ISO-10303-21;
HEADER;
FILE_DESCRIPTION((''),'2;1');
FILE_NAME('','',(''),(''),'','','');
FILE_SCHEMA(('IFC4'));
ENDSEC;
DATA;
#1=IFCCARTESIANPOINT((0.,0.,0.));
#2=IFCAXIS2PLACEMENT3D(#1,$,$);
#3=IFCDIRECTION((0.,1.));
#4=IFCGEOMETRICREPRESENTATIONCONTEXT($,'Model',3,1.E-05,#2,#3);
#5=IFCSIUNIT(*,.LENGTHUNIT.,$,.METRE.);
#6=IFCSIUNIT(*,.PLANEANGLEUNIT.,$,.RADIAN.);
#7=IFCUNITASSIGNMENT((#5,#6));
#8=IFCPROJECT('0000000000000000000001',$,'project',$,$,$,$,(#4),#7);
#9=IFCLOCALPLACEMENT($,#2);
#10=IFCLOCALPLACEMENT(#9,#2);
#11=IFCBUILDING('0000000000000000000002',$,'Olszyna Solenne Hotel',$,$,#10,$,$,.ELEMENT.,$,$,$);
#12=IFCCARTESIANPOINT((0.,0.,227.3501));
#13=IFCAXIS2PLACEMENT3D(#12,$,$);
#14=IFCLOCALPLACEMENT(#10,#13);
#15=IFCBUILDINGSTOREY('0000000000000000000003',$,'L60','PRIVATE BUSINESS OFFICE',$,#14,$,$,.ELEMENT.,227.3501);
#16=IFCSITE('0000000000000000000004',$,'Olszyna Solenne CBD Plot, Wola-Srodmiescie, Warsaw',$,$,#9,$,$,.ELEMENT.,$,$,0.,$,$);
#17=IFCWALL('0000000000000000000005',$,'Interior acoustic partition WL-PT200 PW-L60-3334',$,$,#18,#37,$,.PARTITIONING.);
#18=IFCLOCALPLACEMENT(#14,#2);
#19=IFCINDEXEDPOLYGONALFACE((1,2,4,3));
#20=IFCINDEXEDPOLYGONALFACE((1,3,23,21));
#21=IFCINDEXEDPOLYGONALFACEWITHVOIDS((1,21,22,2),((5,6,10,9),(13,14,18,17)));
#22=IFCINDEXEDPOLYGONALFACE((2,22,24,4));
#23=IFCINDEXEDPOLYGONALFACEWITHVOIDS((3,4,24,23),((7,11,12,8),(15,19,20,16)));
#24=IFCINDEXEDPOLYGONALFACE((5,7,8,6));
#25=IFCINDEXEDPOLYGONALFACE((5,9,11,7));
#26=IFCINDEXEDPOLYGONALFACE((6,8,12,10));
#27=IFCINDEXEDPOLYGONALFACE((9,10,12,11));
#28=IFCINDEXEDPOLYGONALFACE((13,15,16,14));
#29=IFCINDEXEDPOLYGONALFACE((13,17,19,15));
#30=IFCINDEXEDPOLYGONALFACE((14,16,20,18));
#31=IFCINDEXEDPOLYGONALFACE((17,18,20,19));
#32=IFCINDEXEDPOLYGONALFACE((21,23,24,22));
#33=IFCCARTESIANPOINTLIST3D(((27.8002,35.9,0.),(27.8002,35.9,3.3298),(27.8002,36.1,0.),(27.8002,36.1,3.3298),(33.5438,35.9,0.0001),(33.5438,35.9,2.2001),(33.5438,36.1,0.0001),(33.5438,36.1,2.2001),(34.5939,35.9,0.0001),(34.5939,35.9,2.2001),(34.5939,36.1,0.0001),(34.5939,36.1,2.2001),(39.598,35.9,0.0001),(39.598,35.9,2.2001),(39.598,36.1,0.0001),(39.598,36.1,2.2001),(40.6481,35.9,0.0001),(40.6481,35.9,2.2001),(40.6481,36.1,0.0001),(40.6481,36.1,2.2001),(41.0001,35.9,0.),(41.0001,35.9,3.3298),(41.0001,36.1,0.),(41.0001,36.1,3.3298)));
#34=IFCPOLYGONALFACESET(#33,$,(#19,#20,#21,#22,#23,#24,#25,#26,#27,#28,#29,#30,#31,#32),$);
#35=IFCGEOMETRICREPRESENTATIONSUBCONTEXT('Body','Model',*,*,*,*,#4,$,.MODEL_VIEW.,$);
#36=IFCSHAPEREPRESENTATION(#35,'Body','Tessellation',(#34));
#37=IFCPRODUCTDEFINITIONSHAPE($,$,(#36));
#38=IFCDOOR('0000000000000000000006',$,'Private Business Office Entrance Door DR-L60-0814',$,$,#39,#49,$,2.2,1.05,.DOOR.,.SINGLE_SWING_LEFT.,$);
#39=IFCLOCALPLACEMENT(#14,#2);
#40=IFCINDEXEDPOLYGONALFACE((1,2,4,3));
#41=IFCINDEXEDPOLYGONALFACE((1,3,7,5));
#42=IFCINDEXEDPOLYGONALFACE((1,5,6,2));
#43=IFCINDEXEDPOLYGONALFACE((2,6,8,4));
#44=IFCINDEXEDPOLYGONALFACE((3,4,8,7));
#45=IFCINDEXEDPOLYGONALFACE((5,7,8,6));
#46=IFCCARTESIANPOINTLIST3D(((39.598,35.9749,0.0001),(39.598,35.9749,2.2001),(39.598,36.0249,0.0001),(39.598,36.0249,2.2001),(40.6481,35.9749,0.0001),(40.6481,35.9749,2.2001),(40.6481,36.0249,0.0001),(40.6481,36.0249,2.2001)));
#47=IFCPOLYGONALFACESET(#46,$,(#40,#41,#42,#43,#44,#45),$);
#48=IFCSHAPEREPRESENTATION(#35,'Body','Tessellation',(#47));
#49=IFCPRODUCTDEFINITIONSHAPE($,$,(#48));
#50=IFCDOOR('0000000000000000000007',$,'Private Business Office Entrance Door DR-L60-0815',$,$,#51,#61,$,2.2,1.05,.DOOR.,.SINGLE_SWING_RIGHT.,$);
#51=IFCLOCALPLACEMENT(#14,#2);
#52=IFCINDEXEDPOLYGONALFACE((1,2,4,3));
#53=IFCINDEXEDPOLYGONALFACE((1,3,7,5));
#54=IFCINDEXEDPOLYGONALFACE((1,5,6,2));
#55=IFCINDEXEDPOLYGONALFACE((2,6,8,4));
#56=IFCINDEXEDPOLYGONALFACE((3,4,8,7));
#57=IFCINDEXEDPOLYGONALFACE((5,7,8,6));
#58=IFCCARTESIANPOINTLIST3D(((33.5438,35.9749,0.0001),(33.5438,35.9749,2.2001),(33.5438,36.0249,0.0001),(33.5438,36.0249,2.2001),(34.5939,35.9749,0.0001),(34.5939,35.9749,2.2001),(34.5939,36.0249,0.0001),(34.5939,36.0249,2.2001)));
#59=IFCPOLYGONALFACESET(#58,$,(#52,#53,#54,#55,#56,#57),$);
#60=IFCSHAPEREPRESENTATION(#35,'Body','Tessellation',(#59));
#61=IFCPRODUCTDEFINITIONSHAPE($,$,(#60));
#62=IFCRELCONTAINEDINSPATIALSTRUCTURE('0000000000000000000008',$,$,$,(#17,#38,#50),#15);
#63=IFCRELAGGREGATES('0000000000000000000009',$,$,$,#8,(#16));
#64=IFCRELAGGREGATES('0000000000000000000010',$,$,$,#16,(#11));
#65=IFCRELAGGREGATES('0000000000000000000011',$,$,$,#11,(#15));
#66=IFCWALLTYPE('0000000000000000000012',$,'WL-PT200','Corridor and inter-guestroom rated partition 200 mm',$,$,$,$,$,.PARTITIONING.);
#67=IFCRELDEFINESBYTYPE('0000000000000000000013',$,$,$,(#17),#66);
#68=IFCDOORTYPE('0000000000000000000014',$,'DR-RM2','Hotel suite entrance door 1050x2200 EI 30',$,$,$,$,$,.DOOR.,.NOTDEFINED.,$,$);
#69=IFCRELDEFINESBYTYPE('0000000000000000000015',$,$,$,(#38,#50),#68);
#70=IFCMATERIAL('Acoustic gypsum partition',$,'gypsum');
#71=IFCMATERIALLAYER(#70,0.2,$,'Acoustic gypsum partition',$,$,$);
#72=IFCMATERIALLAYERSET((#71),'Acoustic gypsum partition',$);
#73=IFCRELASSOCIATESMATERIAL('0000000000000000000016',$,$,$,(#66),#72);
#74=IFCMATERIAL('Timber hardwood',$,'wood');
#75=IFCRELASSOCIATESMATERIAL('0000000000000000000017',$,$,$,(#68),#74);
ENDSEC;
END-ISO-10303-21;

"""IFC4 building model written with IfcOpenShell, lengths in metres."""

from ifc_helpers import new_model, si_unit, direction, frame, frame_2d, origin, place, context, subcontext, project, spatial, rectangle, extrude, source, transform, mapped, material, layer, layer_set, type_object, type_shapes, element, fill, save


model = new_model("IFC4")

# Units and contexts
model_context = context("Model", 3, precision=1e-05, world=origin(), true_north=direction((0.0, 1.0)))
body_context = subcontext(model_context, "Body", "Model", "MODEL_VIEW")
ifc_project = project(units=[si_unit("LENGTHUNIT", "METRE"), si_unit("PLANEANGLEUNIT", "RADIAN")], contexts=[model_context])

# Site, building, storey
site_placement = place(None, origin())
site = spatial("IfcSite", under=ifc_project, at=site_placement, Name="Olszyna Solenne CBD Plot, Wola-Srodmiescie, Warsaw", CompositionType="ELEMENT", RefElevation=0.0)
building_placement = place(site_placement, origin())
building = spatial("IfcBuilding", under=site, at=building_placement, Name="Olszyna Solenne Hotel", CompositionType="ELEMENT")
storey_placement = place(building_placement, frame((0.0, 0.0, 227.3501)))
storey = spatial("IfcBuildingStorey", under=building, at=storey_placement, Name="L60", Description="PRIVATE BUSINESS OFFICE", CompositionType="ELEMENT", Elevation=227.3501)

# Shared definitions
ifc_material_1 = material(Name="Acoustic gypsum partition", Category="gypsum")
ifc_layer_1 = layer(ifc_material_1, 0.2, Name="Acoustic gypsum partition")
ifc_layer_set_1 = layer_set([ifc_layer_1], Name="Acoustic gypsum partition")
wall_type_1 = type_object("IfcWallType", Name="WL-PT200", Description="Corridor and inter-guestroom rated partition 200 mm", PredefinedType="PARTITIONING", material=ifc_layer_set_1)

# Wall, openings, doors
wall_1_placement = place(storey_placement, frame((27.8, 36.0, 0.0), z_axis=(0.0, 0.0, 1.0), x_axis=(1.0, 0.0, 0.0)))
wall_1 = element("IfcWall", 1, at=wall_1_placement, inside=storey, type_object=wall_type_1, Name="Interior acoustic partition WL-PT200 PW-L60-3334", PredefinedType="PARTITIONING", context=body_context, shape_type="SweptSolid", body=[
    extrude(rectangle(XDim=13.2, YDim=0.2, at=frame_2d((6.6001, 0.0))), origin(), (0.0, 0.0, 1.0), 3.3298),
])
opening_1_placement = place(wall_1_placement, frame((11.7981, 0.0, 0.0)))
opening_1 = element("IfcOpeningElement", 2, at=opening_1_placement, cuts=wall_1, PredefinedType="OPENING", context=body_context, shape_type="SweptSolid", body=[
    extrude(rectangle(XDim=1.05, YDim=2.2, at=frame_2d((0.5249, 1.1001))), frame((0.0, 0.1099, 0.0), z_axis=(0.0, -1.0, 0.0), x_axis=(1.0, 0.0, 0.0)), (0.0, 0.0, 1.0), 0.22),
])
opening_2_placement = place(wall_1_placement, frame((5.7439, 0.0, 0.0)))
opening_2 = element("IfcOpeningElement", 3, at=opening_2_placement, cuts=wall_1, PredefinedType="OPENING", context=body_context, shape_type="SweptSolid", body=[
    extrude(rectangle(XDim=1.05, YDim=2.2, at=frame_2d((0.5249, 1.1001))), frame((0.0, 0.1099, 0.0), z_axis=(0.0, -1.0, 0.0), x_axis=(1.0, 0.0, 0.0)), (0.0, 0.0, 1.0), 0.22),
])
ifc_material_2 = material(Name="Timber hardwood", Category="wood")
door_type_1 = type_object("IfcDoorType", Name="DR-RM2", Description="Hotel suite entrance door 1050x2200 EI 30", OperationType="NOTDEFINED", PredefinedType="DOOR", material=ifc_material_2)
shared_shape_1 = source(origin(), body_context, "Body", "SweptSolid", [
    extrude(rectangle(XDim=1.05, YDim=2.2, at=frame_2d((0.5249, 1.1001))), frame((0.0, 0.0249, 0.0), z_axis=(0.0, -1.0, 0.0), x_axis=(1.0, 0.0, 0.0)), (0.0, 0.0, 1.0), 0.05),
])
type_shapes(door_type_1, [shared_shape_1])
door_1_placement = place(opening_1_placement, origin())
door_1 = element("IfcDoor", 4, at=door_1_placement, inside=storey, type_object=door_type_1, Name="Private Business Office Entrance Door DR-L60-0814", OperationType="SINGLE_SWING_LEFT", OverallHeight=2.2, OverallWidth=1.05, PredefinedType="DOOR", context=body_context, shape_type="MappedRepresentation", body=[
    mapped(shared_shape_1, transform((0.0, 0.0, 0.0), x_axis=(1.0, 0.0, 0.0), y_axis=(0.0, 1.0, 0.0), z_axis=(0.0, 0.0, 1.0), scale=1.0)),
])
fill(opening_1, door_1)
door_2_placement = place(opening_2_placement, origin())
door_2 = element("IfcDoor", 5, at=door_2_placement, inside=storey, type_object=door_type_1, Name="Private Business Office Entrance Door DR-L60-0815", OperationType="SINGLE_SWING_RIGHT", OverallHeight=2.2, OverallWidth=1.05, PredefinedType="DOOR", context=body_context, shape_type="MappedRepresentation", body=[
    mapped(shared_shape_1, transform((0.0, 0.0, 0.0), x_axis=(1.0, 0.0, 0.0), y_axis=(0.0, 1.0, 0.0), z_axis=(0.0, 0.0, 1.0), scale=1.0)),
])
fill(opening_2, door_2)

save(model, "model.ifc")
